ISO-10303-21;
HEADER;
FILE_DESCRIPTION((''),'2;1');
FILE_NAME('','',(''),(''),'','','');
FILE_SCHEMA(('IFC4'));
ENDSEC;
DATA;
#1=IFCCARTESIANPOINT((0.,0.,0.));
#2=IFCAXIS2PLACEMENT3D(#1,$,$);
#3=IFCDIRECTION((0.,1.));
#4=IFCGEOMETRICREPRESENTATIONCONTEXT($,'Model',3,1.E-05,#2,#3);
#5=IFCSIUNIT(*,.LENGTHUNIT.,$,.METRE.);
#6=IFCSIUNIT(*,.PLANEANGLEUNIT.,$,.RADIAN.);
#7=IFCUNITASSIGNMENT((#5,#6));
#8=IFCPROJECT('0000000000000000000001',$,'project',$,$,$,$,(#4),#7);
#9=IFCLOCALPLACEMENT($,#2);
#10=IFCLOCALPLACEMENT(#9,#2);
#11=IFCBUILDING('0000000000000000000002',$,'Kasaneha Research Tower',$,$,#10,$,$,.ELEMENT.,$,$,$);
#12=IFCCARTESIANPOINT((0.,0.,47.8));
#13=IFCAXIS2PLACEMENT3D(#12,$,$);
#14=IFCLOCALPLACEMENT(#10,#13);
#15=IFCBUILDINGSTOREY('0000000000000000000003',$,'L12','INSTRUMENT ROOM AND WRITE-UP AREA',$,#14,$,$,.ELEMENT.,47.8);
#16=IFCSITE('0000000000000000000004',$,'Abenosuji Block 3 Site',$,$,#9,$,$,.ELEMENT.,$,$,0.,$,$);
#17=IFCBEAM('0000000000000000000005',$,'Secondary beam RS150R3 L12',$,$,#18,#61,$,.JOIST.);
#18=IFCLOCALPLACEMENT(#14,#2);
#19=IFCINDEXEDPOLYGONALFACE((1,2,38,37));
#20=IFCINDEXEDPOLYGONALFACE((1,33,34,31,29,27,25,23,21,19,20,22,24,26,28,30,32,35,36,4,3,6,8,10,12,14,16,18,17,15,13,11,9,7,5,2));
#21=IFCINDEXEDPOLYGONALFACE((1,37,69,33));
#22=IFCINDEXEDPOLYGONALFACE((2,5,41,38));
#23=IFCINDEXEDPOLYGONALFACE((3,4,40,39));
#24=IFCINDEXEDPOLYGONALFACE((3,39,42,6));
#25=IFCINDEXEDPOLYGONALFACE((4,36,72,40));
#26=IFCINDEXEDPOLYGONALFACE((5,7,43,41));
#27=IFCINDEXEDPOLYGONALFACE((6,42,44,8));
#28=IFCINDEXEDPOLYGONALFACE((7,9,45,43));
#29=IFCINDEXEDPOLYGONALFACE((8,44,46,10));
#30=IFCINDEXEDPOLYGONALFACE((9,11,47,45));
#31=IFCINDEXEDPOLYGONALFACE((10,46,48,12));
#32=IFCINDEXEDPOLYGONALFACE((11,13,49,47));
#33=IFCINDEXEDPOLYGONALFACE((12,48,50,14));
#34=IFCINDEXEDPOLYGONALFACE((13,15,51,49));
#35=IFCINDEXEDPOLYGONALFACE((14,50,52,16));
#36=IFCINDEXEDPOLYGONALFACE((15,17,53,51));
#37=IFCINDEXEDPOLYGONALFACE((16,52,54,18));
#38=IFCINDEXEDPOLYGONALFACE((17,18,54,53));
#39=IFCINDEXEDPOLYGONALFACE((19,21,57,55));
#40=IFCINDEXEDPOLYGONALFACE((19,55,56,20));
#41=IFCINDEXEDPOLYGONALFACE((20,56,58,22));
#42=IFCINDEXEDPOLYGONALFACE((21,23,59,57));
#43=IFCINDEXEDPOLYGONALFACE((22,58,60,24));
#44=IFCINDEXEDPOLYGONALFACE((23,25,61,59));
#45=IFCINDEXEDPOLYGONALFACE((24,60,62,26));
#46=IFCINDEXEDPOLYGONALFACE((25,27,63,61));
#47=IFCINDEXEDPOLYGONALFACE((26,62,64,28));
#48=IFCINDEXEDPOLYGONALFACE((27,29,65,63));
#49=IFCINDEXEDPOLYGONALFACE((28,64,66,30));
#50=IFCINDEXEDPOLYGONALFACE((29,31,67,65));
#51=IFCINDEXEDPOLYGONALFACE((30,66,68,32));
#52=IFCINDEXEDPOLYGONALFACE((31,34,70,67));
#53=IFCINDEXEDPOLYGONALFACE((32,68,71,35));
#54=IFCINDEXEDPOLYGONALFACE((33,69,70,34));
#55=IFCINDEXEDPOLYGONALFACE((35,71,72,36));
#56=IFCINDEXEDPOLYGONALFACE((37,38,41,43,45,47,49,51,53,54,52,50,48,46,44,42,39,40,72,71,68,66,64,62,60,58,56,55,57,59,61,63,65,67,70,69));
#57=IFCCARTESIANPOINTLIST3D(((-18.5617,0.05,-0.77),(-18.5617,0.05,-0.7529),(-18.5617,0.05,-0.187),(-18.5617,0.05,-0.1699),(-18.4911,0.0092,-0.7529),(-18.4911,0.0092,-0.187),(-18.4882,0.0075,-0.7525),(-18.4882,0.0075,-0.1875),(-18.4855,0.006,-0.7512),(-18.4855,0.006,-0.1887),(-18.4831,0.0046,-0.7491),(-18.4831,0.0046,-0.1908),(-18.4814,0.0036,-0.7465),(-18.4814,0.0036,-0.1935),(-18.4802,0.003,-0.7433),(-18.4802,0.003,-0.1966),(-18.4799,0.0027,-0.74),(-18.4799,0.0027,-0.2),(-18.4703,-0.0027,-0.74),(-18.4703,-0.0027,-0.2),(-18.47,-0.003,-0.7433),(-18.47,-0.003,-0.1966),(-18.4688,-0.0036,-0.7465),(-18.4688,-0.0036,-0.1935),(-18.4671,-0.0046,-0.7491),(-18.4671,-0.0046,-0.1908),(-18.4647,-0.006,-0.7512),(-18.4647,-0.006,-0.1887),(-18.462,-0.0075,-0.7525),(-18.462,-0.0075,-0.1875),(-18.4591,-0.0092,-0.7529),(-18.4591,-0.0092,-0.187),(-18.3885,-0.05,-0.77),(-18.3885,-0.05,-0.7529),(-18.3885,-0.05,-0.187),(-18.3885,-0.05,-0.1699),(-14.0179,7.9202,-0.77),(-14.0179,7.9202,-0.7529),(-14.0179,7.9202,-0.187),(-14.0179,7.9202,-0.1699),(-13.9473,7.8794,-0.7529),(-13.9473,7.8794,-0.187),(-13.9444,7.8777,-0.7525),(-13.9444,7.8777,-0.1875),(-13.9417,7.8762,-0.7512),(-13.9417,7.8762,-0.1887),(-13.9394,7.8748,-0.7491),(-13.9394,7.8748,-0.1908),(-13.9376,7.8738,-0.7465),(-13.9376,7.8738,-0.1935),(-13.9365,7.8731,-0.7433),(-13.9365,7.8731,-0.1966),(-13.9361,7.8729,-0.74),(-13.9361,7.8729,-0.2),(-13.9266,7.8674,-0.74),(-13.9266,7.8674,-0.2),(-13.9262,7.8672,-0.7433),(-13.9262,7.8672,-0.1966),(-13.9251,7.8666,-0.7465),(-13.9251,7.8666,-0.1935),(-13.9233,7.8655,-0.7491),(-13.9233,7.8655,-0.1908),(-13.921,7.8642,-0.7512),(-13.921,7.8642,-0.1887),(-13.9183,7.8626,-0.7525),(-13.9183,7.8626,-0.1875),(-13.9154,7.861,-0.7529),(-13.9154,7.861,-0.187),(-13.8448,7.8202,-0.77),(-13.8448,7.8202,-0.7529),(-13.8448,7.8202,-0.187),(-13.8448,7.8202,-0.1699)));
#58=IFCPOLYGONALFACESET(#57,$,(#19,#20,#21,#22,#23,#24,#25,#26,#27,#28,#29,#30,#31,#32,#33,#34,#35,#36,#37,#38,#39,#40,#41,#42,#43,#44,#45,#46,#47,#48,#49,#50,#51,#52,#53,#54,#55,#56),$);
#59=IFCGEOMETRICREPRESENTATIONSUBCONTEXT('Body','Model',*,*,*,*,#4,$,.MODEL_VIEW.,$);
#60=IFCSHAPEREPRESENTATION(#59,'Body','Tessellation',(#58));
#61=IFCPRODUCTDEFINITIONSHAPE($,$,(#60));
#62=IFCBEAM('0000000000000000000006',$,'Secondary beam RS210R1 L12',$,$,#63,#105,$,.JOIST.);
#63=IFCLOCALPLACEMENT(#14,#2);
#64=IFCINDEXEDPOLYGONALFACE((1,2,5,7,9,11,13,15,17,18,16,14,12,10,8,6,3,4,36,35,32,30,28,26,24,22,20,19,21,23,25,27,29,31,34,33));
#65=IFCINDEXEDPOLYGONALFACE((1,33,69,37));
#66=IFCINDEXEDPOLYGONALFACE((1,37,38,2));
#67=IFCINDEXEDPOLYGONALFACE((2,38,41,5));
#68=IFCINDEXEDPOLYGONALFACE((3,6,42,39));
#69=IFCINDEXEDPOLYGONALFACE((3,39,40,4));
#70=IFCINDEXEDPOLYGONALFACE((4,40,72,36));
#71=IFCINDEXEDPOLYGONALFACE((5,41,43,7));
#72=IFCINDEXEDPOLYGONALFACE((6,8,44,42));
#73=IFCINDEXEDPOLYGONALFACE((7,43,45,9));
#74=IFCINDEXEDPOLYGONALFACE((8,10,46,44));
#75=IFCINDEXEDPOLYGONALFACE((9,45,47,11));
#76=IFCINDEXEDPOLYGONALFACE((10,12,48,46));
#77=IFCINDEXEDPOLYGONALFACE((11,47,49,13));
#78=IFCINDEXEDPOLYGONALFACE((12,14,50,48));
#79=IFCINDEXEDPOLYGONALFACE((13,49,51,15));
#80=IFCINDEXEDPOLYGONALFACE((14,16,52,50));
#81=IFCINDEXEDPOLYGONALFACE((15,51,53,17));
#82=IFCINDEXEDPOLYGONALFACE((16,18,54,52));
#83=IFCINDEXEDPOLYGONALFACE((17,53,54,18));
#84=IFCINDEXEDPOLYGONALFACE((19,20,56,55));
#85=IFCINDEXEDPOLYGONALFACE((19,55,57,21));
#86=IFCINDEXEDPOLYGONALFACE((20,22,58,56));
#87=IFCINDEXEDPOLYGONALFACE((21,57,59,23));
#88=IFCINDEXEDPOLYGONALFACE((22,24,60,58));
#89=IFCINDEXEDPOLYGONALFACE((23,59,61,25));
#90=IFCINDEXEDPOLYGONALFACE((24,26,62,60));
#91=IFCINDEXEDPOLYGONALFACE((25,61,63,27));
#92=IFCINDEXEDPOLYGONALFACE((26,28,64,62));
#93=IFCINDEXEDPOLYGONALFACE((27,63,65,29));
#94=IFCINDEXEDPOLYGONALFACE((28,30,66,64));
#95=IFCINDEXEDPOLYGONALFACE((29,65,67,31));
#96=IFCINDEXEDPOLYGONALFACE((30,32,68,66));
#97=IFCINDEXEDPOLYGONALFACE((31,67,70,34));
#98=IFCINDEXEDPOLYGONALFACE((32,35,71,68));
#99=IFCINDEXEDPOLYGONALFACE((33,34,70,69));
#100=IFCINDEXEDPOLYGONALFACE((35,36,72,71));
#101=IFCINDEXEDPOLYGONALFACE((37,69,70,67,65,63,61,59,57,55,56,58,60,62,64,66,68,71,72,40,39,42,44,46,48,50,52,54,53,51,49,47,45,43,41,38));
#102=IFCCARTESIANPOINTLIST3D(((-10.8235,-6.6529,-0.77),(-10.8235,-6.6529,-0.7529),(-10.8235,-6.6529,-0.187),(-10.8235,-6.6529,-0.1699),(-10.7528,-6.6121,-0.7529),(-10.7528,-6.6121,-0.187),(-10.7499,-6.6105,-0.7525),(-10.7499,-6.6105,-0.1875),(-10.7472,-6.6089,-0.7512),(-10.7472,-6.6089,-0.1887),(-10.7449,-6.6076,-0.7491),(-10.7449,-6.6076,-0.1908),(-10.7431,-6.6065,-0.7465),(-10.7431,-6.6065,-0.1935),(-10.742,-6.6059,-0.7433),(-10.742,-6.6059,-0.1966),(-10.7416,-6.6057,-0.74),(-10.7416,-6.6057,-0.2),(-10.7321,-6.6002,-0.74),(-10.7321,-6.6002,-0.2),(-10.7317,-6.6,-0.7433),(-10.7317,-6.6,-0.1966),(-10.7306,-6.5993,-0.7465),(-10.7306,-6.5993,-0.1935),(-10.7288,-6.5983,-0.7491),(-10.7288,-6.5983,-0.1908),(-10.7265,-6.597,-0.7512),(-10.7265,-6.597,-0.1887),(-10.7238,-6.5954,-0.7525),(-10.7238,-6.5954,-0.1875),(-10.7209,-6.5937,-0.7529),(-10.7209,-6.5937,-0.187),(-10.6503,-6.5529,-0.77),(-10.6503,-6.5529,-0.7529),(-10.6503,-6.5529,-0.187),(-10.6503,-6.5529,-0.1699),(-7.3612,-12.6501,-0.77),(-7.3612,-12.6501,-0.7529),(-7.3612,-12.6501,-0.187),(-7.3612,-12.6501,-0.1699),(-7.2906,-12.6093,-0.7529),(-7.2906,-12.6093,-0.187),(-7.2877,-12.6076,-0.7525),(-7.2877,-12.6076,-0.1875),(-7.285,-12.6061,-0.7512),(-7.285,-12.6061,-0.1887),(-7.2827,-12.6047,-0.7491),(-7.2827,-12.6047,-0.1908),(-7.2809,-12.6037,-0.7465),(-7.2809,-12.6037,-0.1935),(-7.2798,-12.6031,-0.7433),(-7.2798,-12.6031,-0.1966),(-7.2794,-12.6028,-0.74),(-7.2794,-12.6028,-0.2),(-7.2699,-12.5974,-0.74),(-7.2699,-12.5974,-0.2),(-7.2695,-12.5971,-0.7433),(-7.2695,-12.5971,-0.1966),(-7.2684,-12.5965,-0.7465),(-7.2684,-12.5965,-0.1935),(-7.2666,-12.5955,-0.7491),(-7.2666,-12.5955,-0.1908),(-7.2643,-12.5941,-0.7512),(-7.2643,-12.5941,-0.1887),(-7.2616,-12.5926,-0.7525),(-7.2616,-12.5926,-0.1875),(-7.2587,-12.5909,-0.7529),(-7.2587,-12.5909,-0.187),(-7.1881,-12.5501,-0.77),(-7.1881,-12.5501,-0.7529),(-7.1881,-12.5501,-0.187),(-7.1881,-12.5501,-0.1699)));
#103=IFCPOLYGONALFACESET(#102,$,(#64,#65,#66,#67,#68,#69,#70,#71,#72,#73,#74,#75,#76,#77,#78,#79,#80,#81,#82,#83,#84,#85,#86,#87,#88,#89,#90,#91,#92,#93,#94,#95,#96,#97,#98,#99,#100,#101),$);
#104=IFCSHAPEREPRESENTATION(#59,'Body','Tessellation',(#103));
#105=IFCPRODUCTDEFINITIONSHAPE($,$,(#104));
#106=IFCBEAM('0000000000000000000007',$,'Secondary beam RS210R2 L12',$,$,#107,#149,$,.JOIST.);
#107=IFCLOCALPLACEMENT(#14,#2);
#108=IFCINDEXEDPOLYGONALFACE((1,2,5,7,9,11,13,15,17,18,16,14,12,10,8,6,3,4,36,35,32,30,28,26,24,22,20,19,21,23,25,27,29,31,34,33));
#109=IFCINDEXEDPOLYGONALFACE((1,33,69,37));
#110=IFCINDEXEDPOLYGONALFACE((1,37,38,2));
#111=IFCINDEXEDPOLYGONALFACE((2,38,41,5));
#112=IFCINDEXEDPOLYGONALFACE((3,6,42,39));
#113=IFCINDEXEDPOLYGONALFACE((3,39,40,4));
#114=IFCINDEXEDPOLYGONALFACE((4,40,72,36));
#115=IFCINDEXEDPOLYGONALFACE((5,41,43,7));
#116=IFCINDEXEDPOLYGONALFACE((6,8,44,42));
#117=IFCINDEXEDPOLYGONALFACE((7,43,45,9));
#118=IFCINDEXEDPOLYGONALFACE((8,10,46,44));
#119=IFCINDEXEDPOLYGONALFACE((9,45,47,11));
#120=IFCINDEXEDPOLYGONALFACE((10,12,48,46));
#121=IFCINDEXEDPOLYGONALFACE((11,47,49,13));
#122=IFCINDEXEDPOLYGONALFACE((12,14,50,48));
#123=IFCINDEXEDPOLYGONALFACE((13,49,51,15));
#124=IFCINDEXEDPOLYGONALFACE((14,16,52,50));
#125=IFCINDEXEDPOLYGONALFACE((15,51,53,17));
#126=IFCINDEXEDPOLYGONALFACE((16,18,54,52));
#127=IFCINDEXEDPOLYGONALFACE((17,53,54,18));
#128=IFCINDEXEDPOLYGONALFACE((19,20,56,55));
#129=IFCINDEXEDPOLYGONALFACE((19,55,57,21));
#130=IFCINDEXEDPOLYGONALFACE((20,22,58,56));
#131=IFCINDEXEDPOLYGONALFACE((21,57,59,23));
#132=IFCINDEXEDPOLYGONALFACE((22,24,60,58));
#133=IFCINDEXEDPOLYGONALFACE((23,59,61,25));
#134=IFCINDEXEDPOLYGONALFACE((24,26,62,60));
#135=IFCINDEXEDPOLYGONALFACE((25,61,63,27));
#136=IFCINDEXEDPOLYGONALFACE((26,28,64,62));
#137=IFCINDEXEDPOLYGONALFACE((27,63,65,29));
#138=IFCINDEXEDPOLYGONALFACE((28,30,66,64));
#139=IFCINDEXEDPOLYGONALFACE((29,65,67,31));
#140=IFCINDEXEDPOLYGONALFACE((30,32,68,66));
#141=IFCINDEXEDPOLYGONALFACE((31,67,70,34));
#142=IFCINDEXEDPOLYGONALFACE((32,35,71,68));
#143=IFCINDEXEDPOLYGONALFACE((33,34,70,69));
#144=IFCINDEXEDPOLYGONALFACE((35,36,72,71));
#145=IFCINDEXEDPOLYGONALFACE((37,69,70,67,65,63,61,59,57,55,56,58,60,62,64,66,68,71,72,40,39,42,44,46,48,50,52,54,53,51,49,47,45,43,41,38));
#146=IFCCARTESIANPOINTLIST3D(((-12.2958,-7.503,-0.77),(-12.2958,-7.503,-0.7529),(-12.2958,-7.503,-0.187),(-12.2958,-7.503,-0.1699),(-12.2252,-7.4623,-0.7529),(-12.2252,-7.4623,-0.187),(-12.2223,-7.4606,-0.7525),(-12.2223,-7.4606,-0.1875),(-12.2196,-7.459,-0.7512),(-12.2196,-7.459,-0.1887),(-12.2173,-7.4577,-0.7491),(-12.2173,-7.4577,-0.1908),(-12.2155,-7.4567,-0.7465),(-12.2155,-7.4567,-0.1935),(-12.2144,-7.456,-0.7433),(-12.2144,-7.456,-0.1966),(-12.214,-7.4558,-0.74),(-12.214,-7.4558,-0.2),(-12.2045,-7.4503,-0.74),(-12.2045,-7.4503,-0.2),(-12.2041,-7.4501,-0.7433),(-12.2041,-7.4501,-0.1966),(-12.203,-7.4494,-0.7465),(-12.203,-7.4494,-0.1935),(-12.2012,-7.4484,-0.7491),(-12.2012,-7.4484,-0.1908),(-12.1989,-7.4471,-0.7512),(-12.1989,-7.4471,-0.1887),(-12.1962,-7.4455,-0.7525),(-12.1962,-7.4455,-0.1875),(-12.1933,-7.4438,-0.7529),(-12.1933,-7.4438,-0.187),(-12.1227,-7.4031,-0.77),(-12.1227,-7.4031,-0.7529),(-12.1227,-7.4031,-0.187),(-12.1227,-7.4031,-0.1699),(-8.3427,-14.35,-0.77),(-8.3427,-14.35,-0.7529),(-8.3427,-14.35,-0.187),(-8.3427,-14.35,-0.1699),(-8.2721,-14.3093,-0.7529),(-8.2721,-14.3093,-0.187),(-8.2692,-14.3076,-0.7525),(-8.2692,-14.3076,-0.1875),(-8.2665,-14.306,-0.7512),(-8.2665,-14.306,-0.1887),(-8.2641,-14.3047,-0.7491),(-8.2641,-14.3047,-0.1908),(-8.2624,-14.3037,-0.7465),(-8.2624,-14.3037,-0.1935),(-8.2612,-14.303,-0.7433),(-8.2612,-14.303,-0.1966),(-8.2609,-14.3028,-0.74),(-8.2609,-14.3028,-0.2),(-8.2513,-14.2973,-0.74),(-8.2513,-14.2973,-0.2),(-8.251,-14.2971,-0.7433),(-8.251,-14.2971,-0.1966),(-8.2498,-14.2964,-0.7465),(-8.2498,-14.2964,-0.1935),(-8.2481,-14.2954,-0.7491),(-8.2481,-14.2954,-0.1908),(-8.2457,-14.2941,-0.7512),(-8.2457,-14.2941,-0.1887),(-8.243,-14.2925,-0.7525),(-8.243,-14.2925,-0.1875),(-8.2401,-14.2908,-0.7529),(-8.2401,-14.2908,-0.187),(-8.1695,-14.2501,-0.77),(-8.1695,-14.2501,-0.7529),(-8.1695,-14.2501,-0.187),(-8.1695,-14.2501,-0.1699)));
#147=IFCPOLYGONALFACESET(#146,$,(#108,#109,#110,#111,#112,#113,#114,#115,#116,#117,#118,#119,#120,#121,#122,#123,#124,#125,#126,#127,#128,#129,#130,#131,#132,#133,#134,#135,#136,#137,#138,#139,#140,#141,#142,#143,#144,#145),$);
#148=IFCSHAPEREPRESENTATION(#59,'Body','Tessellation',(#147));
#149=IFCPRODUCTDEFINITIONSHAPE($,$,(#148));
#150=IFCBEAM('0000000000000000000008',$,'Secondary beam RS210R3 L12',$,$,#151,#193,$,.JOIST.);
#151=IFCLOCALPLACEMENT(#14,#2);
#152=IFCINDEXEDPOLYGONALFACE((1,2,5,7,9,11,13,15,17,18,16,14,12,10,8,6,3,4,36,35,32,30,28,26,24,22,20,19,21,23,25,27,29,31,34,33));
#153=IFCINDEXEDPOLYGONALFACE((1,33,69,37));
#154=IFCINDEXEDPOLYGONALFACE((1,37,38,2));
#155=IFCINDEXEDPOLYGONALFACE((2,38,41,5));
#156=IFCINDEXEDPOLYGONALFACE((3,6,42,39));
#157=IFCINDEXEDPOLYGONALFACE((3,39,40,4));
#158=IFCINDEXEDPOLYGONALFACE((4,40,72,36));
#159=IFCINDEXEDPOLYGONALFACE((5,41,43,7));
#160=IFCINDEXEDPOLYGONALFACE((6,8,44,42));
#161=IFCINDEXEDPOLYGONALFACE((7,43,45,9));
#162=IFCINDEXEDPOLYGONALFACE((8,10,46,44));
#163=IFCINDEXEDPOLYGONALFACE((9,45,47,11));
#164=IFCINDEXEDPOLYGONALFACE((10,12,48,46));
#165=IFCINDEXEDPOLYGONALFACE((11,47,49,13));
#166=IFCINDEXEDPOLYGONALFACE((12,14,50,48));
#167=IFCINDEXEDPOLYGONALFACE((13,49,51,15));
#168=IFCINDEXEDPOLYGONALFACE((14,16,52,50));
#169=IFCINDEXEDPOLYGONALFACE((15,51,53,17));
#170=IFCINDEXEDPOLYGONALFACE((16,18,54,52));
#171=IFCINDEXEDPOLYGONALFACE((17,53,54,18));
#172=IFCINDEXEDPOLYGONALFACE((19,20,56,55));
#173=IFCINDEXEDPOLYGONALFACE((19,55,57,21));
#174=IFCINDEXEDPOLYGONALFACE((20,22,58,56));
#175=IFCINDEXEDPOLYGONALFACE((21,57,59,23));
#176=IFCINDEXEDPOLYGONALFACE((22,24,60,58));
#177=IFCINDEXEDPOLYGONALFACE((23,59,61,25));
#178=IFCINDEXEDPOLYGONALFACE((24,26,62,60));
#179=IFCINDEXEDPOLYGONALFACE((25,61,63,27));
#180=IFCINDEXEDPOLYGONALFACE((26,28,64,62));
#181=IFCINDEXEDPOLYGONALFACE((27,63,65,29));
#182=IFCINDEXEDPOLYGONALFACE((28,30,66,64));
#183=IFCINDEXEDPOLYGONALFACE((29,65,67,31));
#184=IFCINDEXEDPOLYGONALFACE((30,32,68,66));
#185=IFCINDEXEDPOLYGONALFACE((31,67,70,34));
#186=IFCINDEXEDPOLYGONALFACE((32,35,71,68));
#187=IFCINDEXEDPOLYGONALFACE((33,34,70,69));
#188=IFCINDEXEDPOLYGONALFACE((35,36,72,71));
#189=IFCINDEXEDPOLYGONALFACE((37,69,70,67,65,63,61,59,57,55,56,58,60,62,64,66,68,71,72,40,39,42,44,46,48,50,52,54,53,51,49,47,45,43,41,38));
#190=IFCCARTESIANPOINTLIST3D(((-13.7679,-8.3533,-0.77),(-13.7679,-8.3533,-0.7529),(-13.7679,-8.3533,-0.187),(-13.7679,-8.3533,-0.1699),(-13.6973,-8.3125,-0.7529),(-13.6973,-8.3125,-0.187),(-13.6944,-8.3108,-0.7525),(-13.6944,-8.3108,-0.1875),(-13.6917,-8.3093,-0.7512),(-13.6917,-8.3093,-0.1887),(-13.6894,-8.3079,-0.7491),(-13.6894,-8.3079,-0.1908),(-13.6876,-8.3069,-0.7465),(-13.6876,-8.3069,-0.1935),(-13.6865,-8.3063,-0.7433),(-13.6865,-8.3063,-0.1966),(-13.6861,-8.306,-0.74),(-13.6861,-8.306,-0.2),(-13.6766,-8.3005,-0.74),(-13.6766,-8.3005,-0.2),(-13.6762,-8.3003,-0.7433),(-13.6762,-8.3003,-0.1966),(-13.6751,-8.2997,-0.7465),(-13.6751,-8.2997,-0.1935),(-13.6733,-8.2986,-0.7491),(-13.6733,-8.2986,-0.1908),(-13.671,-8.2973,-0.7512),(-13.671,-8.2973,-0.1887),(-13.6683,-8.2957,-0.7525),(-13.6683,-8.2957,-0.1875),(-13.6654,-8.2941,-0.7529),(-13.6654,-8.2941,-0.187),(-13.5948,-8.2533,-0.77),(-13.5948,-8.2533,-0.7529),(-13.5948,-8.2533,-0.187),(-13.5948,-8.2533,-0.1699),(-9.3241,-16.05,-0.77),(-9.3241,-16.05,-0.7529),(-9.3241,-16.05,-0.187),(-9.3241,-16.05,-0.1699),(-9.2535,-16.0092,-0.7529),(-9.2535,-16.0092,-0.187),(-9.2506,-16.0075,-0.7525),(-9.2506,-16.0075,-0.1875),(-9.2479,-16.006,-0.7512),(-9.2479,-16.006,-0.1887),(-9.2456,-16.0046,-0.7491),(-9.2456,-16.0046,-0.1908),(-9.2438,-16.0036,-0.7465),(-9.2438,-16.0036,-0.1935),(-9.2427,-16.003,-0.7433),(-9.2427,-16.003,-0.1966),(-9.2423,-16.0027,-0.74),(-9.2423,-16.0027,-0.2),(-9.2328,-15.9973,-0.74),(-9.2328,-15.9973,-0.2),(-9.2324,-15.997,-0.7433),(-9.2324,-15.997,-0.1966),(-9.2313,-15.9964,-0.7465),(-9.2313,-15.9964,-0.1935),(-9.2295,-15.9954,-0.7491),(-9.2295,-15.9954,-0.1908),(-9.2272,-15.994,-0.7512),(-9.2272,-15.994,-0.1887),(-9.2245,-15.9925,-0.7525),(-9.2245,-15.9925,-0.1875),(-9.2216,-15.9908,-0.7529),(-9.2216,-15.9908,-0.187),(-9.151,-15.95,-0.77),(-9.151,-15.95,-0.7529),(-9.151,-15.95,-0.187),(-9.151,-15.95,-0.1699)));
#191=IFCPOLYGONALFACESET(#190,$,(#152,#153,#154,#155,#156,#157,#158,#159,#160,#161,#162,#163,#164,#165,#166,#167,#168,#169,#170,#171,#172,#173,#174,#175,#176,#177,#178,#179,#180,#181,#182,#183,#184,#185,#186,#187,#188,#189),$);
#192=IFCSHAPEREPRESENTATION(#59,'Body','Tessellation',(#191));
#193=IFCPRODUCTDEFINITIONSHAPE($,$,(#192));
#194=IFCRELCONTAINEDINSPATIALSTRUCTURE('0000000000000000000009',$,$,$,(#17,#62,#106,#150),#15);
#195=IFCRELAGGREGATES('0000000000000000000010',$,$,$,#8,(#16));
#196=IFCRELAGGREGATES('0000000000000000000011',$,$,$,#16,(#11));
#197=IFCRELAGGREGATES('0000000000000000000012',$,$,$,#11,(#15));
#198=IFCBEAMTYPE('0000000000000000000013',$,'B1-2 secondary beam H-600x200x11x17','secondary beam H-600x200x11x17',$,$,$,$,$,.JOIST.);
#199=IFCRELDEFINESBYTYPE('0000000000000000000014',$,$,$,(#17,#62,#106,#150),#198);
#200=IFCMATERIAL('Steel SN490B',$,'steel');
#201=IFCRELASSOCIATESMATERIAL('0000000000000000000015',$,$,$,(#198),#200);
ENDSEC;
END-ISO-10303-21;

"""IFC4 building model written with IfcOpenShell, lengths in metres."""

from ifc_helpers import new_model, si_unit, direction, frame, origin, origin_2d, place, context, subcontext, project, spatial, i_section, extrude, material, material_profile, profile_set, type_object, element, save


model = new_model("IFC4")

# Units and contexts
model_context = context("Model", 3, precision=1e-05, world=origin(), true_north=direction((0.0, 1.0)))
body_context = subcontext(model_context, "Body", "Model", "MODEL_VIEW")
ifc_project = project(units=[si_unit("LENGTHUNIT", "METRE"), si_unit("PLANEANGLEUNIT", "RADIAN")], contexts=[model_context])

# Site, building, storey
site_placement = place(None, origin())
site = spatial("IfcSite", under=ifc_project, at=site_placement, Name="Abenosuji Block 3 Site", CompositionType="ELEMENT", RefElevation=0.0)
building_placement = place(site_placement, origin())
building = spatial("IfcBuilding", under=site, at=building_placement, Name="Kasaneha Research Tower", CompositionType="ELEMENT")
storey_placement = place(building_placement, frame((0.0, 0.0, 47.8)))
storey = spatial("IfcBuildingStorey", under=building, at=storey_placement, Name="L12", Description="INSTRUMENT ROOM AND WRITE-UP AREA", CompositionType="ELEMENT", Elevation=47.8)

# Beams
ifc_material_1 = material(Name="Steel SN490B", Category="steel")
ifc_material_profile_1 = material_profile(ifc_material_1, i_section(OverallWidth=0.2, OverallDepth=0.6001, WebThickness=0.011, FlangeThickness=0.0171, FilletRadius=0.0129, at=origin_2d()), Name="H-600x200x11x17")
ifc_profile_set_1 = profile_set([ifc_material_profile_1], Name="Steel SN490B")
beam_type_1 = type_object("IfcBeamType", Name="B1-2 secondary beam H-600x200x11x17", Description="secondary beam H-600x200x11x17", PredefinedType="JOIST", material=ifc_profile_set_1)
beam_1_placement = place(storey_placement, frame((-18.4751, 0.0, -0.47), z_axis=(0.499991, 0.866031, 0.0), x_axis=(-0.866031, 0.499991, 0.0)))
element("IfcBeam", 1, at=beam_1_placement, inside=storey, type_object=beam_type_1, Name="Secondary beam RS150R3 L12", PredefinedType="JOIST", context=body_context, shape_type="SweptSolid", body=[
    extrude(i_section(OverallWidth=0.2, OverallDepth=0.6001, WebThickness=0.011, FlangeThickness=0.0171, FilletRadius=0.0129, at=origin_2d()), origin(), (0.0, 0.0, 1.0), 9.0876),
])
beam_2_placement = place(storey_placement, frame((-7.2747, -12.6001, -0.47), z_axis=(-0.499973, 0.866041, 0.0), x_axis=(-0.866041, -0.499973, 0.0)))
element("IfcBeam", 2, at=beam_2_placement, inside=storey, type_object=beam_type_1, Name="Secondary beam RS210R1 L12", PredefinedType="JOIST", context=body_context, shape_type="SweptSolid", body=[
    extrude(i_section(OverallWidth=0.2, OverallDepth=0.6001, WebThickness=0.011, FlangeThickness=0.0171, FilletRadius=0.0129, at=origin_2d()), origin(), (0.0, 0.0, 1.0), 6.9248),
])
beam_3_placement = place(storey_placement, frame((-8.2561, -14.3, -0.47), z_axis=(-0.500005, 0.866023, 0.0), x_axis=(-0.866023, -0.500005, 0.0)))
element("IfcBeam", 3, at=beam_3_placement, inside=storey, type_object=beam_type_1, Name="Secondary beam RS210R2 L12", PredefinedType="JOIST", context=body_context, shape_type="SweptSolid", body=[
    extrude(i_section(OverallWidth=0.2, OverallDepth=0.6001, WebThickness=0.011, FlangeThickness=0.0171, FilletRadius=0.0129, at=origin_2d()), origin(), (0.0, 0.0, 1.0), 7.9062),
])
beam_4_placement = place(storey_placement, frame((-9.2375, -16.0, -0.47), z_axis=(-0.500009, 0.86602, 0.0), x_axis=(-0.86602, -0.500009, 0.0)))
element("IfcBeam", 4, at=beam_4_placement, inside=storey, type_object=beam_type_1, Name="Secondary beam RS210R3 L12", PredefinedType="JOIST", context=body_context, shape_type="SweptSolid", body=[
    extrude(i_section(OverallWidth=0.2, OverallDepth=0.6001, WebThickness=0.011, FlangeThickness=0.0171, FilletRadius=0.0129, at=origin_2d()), origin(), (0.0, 0.0, 1.0), 8.8875),
])

save(model, "model.ifc")
